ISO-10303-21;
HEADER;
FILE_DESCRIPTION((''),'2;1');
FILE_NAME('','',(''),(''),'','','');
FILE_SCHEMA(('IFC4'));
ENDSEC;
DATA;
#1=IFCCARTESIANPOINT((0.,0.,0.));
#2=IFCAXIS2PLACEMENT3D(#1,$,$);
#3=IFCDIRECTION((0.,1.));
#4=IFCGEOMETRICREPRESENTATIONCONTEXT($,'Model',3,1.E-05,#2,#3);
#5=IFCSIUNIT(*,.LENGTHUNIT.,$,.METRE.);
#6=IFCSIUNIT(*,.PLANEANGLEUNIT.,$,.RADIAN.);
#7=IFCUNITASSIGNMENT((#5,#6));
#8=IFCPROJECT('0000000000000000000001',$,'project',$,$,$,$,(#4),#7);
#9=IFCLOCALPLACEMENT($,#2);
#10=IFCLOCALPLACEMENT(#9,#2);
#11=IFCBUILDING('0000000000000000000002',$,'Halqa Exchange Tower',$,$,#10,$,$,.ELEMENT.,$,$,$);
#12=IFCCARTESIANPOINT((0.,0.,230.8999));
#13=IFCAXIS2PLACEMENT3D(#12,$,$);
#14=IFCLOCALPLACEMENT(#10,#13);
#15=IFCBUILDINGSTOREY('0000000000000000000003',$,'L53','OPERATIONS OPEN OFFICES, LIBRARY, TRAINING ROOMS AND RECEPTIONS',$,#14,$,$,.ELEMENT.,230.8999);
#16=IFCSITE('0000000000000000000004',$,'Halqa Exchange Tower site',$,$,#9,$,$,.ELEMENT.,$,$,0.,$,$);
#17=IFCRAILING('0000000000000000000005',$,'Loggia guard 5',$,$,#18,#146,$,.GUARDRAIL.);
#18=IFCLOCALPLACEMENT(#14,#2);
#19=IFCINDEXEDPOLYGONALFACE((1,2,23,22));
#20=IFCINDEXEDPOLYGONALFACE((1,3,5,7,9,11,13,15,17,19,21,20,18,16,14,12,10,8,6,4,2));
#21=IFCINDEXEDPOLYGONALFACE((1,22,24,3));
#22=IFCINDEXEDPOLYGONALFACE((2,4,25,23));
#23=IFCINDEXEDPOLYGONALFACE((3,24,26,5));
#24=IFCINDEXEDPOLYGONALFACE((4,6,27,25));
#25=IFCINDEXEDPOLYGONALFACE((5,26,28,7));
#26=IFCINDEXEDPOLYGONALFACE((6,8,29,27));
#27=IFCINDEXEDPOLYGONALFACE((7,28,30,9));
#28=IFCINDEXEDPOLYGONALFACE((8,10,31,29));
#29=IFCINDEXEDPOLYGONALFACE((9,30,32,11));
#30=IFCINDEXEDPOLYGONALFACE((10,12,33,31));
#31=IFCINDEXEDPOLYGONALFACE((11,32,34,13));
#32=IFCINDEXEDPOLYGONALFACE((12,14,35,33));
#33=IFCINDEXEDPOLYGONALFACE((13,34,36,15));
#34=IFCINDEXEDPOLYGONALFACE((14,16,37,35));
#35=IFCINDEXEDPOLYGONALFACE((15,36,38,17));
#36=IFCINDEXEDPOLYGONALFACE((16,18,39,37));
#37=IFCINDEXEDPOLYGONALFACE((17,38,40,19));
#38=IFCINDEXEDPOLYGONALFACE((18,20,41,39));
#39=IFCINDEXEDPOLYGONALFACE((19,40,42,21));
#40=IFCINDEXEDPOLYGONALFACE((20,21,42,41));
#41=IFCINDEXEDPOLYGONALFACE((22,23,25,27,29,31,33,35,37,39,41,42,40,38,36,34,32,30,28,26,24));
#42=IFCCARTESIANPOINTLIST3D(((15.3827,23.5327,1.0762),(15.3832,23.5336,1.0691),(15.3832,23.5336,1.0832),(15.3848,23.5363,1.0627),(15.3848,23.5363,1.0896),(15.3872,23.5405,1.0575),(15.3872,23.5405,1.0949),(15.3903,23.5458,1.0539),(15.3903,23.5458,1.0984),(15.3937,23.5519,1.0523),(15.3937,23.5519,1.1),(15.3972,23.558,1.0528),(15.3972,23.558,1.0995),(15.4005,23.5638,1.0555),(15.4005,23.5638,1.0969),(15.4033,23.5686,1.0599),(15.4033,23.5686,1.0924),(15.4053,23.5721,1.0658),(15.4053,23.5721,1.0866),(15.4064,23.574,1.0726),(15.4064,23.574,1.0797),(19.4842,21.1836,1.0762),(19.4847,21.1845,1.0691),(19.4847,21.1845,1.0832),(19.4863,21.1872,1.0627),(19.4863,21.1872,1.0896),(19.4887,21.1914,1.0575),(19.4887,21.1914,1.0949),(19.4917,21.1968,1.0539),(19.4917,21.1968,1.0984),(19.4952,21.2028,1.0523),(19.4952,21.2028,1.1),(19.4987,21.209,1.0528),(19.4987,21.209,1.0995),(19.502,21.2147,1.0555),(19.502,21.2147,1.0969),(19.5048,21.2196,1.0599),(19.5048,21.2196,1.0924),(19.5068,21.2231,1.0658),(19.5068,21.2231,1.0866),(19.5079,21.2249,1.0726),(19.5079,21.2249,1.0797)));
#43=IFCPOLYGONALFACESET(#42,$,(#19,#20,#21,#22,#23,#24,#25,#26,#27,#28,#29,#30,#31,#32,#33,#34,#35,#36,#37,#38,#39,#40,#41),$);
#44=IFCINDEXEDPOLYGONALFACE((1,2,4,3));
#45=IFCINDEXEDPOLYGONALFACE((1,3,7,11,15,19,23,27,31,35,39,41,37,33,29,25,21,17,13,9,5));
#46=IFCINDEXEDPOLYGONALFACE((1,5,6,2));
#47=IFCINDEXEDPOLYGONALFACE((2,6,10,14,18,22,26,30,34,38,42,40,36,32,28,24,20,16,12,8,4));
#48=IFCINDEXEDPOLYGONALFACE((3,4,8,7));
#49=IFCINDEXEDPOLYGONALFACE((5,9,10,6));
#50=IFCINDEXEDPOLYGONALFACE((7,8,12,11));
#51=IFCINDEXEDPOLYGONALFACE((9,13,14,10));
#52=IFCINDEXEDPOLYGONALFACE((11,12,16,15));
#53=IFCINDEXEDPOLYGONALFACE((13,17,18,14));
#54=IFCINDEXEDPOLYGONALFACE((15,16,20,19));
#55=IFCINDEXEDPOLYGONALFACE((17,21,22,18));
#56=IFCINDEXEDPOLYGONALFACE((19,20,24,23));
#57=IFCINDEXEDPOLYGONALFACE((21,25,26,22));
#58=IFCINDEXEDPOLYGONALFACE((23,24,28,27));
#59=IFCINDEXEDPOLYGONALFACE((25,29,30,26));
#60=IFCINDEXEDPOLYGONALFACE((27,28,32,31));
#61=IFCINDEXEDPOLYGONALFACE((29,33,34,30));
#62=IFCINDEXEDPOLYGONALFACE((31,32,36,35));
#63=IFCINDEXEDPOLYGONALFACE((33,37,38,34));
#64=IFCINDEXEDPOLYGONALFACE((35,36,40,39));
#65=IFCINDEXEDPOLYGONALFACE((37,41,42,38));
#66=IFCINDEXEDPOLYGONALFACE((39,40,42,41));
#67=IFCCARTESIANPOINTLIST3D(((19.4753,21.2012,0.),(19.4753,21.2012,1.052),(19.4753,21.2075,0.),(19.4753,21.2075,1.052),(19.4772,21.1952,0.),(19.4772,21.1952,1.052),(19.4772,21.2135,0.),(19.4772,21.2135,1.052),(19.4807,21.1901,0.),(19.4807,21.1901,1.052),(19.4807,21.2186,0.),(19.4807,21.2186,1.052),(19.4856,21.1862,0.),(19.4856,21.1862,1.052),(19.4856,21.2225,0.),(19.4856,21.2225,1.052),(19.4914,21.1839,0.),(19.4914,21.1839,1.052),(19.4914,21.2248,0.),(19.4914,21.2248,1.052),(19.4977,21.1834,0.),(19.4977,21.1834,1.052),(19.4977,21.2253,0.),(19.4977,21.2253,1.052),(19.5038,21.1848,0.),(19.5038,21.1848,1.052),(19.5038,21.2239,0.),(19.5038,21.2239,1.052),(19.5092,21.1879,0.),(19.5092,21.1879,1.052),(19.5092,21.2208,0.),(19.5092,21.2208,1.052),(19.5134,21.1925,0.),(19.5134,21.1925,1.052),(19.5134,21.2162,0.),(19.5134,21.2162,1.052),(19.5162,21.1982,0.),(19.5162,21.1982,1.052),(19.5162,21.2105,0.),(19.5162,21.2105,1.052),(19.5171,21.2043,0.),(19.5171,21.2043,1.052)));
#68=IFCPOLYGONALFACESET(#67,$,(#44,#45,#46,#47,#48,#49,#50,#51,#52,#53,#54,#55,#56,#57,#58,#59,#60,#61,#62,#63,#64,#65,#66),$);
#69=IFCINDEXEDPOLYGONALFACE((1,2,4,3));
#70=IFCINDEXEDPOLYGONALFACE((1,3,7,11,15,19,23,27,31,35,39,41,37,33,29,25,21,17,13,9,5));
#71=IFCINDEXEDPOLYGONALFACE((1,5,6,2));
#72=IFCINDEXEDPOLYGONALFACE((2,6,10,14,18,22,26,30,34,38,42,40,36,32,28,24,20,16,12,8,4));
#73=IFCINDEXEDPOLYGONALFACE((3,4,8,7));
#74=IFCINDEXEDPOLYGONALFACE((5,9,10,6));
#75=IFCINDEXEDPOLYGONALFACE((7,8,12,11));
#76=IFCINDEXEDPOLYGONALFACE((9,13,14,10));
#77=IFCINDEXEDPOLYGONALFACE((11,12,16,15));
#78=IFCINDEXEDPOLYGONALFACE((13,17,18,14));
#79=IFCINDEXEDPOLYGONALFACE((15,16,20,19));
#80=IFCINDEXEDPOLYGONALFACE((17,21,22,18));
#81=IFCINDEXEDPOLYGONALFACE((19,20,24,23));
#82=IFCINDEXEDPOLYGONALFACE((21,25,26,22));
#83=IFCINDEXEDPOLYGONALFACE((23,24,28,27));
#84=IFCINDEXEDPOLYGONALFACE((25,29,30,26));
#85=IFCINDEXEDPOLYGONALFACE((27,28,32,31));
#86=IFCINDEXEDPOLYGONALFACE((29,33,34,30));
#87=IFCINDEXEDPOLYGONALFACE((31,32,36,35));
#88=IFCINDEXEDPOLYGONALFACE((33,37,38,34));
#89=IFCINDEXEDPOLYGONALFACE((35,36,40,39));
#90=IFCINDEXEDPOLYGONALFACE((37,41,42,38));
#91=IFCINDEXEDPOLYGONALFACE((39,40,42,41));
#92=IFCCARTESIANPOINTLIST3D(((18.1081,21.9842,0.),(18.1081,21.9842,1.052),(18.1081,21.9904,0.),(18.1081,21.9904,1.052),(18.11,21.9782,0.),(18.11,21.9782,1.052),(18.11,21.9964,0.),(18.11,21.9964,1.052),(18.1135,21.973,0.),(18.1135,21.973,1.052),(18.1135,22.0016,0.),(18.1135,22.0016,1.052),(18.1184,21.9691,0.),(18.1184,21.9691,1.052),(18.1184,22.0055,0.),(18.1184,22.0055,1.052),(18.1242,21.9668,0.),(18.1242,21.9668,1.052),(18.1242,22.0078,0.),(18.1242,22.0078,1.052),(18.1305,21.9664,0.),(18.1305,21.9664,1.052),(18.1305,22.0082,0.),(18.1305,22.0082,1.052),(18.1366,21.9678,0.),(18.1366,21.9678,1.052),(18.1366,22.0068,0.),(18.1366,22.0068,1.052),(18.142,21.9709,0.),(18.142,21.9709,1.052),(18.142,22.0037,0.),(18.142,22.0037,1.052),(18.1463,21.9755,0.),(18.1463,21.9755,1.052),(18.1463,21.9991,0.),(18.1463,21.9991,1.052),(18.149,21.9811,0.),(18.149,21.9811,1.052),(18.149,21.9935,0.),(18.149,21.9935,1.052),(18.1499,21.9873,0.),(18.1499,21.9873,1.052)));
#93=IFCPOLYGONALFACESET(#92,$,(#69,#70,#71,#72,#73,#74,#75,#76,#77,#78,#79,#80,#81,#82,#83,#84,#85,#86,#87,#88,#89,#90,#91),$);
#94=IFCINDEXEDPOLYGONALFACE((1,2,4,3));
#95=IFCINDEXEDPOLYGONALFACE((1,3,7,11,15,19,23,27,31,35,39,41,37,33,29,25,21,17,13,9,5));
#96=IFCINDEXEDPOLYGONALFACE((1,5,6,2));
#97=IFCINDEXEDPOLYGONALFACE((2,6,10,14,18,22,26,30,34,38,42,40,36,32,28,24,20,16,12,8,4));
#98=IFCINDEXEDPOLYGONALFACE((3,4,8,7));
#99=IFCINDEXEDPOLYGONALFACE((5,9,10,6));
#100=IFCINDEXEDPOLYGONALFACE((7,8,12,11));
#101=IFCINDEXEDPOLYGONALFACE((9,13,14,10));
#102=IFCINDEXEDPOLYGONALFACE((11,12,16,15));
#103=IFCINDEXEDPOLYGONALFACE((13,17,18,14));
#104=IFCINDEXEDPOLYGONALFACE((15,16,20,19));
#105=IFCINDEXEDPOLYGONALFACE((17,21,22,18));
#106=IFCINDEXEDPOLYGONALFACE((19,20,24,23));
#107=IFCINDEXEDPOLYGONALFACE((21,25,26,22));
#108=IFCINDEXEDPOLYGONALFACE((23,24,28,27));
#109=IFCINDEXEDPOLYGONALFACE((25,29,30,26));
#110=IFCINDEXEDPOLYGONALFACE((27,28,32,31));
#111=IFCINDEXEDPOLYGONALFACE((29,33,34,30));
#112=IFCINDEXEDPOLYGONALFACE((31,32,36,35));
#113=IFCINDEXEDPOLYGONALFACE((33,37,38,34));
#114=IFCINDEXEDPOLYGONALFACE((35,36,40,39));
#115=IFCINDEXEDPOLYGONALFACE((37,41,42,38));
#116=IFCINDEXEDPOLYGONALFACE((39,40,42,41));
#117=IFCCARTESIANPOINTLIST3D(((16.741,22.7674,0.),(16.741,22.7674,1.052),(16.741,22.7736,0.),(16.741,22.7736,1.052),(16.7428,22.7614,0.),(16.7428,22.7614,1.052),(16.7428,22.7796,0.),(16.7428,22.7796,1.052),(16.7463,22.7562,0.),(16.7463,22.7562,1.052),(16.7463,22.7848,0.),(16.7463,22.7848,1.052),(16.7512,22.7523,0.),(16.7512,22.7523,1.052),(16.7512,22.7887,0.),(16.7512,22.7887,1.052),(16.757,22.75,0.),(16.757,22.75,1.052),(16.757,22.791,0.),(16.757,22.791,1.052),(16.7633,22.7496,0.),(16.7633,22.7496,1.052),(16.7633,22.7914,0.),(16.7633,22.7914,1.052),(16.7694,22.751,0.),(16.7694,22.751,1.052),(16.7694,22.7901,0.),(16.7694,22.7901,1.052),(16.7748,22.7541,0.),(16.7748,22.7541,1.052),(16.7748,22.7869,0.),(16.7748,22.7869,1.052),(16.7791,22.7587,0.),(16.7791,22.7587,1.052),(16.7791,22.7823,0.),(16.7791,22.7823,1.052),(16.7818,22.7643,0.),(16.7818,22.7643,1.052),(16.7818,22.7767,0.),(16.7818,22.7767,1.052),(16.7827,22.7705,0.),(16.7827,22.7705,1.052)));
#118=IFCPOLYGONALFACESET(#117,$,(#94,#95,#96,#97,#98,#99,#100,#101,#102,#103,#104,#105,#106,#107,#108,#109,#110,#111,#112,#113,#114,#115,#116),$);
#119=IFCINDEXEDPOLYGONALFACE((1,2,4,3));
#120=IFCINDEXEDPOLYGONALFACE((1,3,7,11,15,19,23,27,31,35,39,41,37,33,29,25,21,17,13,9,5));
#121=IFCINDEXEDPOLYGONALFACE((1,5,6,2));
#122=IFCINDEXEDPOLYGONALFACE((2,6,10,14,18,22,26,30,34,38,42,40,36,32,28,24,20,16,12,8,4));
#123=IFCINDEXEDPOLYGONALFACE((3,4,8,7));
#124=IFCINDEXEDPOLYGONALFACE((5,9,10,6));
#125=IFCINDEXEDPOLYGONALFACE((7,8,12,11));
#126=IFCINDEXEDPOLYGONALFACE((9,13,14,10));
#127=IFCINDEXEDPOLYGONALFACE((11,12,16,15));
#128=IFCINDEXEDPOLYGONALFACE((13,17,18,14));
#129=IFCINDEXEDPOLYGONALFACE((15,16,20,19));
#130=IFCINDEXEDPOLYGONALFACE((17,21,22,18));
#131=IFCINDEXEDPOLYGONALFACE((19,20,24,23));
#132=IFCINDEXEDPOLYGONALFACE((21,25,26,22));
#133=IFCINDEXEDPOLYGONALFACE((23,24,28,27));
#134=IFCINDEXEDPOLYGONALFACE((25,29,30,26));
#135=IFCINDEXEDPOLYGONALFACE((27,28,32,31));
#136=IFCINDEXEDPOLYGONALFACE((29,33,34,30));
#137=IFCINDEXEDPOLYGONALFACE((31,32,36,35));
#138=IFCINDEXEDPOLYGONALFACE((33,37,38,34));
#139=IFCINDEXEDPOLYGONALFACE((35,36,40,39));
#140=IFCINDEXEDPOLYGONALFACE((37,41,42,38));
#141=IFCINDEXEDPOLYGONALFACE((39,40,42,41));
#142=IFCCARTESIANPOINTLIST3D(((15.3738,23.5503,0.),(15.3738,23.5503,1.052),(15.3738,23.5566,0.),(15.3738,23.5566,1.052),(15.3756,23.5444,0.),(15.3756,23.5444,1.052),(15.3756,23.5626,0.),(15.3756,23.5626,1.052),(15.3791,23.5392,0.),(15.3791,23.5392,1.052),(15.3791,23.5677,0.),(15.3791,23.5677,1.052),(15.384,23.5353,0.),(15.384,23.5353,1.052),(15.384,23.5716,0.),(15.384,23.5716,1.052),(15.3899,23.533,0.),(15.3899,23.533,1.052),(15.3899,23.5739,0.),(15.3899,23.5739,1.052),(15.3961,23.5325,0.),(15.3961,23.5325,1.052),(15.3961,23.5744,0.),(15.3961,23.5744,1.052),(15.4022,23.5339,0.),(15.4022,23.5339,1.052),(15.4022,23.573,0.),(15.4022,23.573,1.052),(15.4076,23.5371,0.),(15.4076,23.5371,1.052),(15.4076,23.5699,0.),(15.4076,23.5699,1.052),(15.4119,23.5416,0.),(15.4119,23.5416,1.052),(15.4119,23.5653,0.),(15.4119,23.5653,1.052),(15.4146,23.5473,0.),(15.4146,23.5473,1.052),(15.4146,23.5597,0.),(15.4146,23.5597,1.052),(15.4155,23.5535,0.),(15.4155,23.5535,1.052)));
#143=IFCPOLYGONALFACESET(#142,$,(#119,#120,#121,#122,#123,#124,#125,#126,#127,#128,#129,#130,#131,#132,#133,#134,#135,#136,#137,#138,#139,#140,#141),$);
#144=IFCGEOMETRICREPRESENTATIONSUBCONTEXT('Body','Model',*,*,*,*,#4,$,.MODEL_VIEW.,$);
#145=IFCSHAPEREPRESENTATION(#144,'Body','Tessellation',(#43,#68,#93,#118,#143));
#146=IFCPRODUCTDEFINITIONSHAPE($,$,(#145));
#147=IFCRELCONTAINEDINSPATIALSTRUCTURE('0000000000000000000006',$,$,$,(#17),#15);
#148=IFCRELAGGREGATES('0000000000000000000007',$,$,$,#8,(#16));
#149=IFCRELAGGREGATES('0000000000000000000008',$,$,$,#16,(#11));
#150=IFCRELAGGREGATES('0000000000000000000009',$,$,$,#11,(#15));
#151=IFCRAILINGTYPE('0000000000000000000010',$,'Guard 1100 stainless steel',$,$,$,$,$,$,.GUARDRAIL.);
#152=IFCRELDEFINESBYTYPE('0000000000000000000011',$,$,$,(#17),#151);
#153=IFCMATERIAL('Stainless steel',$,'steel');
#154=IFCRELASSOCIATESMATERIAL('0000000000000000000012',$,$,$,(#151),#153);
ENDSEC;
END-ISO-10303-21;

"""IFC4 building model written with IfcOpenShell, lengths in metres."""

from ifc_helpers import new_model, si_unit, direction, frame, origin, origin_2d, place, context, subcontext, project, spatial, circle, extrude, material, type_object, element, save


model = new_model("IFC4")

# Units and contexts
model_context = context("Model", 3, precision=1e-05, world=origin(), true_north=direction((0.0, 1.0)))
body_context = subcontext(model_context, "Body", "Model", "MODEL_VIEW")
ifc_project = project(units=[si_unit("LENGTHUNIT", "METRE"), si_unit("PLANEANGLEUNIT", "RADIAN")], contexts=[model_context])

# Site, building, storey
site_placement = place(None, origin())
site = spatial("IfcSite", under=ifc_project, at=site_placement, Name="Halqa Exchange Tower site", CompositionType="ELEMENT", RefElevation=0.0)
building_placement = place(site_placement, origin())
building = spatial("IfcBuilding", under=site, at=building_placement, Name="Halqa Exchange Tower", CompositionType="ELEMENT")
storey_placement = place(building_placement, frame((0.0, 0.0, 230.8999)))
storey = spatial("IfcBuildingStorey", under=building, at=storey_placement, Name="L53", Description="OPERATIONS OPEN OFFICES, LIBRARY, TRAINING ROOMS AND RECEPTIONS", CompositionType="ELEMENT", Elevation=230.8999)

# Railing
ifc_material_1 = material(Name="Stainless steel", Category="steel")
railing_type = type_object("IfcRailingType", Name="Guard 1100 stainless steel", PredefinedType="GUARDRAIL", material=ifc_material_1)
railing_1_placement = place(storey_placement, frame((19.4961, 21.2043, 0.0)))
element("IfcRailing", 1, at=railing_1_placement, inside=storey, type_object=railing_type, Name="Loggia guard 5", PredefinedType="GUARDRAIL", context=body_context, shape_type="SweptSolid", body=[
    extrude(circle(Radius=0.0239, at=origin_2d()), frame((0.0, 0.0, 1.0762), z_axis=(-0.867753, 0.496995, 0.0), x_axis=(-0.496995, -0.867753, 0.0)), (0.0, 0.0, 1.0), 4.7266),
    extrude(circle(Radius=0.021, at=origin_2d()), origin(), (0.0, 0.0, 1.0), 1.052),
    extrude(circle(Radius=0.021, at=origin_2d()), frame((-1.3672, 0.783, 0.0)), (0.0, 0.0, 1.0), 1.052),
    extrude(circle(Radius=0.021, at=origin_2d()), frame((-2.7344, 1.5662, 0.0)), (0.0, 0.0, 1.0), 1.052),
    extrude(circle(Radius=0.021, at=origin_2d()), frame((-4.1016, 2.3491, 0.0)), (0.0, 0.0, 1.0), 1.052),
])

save(model, "model.ifc")
